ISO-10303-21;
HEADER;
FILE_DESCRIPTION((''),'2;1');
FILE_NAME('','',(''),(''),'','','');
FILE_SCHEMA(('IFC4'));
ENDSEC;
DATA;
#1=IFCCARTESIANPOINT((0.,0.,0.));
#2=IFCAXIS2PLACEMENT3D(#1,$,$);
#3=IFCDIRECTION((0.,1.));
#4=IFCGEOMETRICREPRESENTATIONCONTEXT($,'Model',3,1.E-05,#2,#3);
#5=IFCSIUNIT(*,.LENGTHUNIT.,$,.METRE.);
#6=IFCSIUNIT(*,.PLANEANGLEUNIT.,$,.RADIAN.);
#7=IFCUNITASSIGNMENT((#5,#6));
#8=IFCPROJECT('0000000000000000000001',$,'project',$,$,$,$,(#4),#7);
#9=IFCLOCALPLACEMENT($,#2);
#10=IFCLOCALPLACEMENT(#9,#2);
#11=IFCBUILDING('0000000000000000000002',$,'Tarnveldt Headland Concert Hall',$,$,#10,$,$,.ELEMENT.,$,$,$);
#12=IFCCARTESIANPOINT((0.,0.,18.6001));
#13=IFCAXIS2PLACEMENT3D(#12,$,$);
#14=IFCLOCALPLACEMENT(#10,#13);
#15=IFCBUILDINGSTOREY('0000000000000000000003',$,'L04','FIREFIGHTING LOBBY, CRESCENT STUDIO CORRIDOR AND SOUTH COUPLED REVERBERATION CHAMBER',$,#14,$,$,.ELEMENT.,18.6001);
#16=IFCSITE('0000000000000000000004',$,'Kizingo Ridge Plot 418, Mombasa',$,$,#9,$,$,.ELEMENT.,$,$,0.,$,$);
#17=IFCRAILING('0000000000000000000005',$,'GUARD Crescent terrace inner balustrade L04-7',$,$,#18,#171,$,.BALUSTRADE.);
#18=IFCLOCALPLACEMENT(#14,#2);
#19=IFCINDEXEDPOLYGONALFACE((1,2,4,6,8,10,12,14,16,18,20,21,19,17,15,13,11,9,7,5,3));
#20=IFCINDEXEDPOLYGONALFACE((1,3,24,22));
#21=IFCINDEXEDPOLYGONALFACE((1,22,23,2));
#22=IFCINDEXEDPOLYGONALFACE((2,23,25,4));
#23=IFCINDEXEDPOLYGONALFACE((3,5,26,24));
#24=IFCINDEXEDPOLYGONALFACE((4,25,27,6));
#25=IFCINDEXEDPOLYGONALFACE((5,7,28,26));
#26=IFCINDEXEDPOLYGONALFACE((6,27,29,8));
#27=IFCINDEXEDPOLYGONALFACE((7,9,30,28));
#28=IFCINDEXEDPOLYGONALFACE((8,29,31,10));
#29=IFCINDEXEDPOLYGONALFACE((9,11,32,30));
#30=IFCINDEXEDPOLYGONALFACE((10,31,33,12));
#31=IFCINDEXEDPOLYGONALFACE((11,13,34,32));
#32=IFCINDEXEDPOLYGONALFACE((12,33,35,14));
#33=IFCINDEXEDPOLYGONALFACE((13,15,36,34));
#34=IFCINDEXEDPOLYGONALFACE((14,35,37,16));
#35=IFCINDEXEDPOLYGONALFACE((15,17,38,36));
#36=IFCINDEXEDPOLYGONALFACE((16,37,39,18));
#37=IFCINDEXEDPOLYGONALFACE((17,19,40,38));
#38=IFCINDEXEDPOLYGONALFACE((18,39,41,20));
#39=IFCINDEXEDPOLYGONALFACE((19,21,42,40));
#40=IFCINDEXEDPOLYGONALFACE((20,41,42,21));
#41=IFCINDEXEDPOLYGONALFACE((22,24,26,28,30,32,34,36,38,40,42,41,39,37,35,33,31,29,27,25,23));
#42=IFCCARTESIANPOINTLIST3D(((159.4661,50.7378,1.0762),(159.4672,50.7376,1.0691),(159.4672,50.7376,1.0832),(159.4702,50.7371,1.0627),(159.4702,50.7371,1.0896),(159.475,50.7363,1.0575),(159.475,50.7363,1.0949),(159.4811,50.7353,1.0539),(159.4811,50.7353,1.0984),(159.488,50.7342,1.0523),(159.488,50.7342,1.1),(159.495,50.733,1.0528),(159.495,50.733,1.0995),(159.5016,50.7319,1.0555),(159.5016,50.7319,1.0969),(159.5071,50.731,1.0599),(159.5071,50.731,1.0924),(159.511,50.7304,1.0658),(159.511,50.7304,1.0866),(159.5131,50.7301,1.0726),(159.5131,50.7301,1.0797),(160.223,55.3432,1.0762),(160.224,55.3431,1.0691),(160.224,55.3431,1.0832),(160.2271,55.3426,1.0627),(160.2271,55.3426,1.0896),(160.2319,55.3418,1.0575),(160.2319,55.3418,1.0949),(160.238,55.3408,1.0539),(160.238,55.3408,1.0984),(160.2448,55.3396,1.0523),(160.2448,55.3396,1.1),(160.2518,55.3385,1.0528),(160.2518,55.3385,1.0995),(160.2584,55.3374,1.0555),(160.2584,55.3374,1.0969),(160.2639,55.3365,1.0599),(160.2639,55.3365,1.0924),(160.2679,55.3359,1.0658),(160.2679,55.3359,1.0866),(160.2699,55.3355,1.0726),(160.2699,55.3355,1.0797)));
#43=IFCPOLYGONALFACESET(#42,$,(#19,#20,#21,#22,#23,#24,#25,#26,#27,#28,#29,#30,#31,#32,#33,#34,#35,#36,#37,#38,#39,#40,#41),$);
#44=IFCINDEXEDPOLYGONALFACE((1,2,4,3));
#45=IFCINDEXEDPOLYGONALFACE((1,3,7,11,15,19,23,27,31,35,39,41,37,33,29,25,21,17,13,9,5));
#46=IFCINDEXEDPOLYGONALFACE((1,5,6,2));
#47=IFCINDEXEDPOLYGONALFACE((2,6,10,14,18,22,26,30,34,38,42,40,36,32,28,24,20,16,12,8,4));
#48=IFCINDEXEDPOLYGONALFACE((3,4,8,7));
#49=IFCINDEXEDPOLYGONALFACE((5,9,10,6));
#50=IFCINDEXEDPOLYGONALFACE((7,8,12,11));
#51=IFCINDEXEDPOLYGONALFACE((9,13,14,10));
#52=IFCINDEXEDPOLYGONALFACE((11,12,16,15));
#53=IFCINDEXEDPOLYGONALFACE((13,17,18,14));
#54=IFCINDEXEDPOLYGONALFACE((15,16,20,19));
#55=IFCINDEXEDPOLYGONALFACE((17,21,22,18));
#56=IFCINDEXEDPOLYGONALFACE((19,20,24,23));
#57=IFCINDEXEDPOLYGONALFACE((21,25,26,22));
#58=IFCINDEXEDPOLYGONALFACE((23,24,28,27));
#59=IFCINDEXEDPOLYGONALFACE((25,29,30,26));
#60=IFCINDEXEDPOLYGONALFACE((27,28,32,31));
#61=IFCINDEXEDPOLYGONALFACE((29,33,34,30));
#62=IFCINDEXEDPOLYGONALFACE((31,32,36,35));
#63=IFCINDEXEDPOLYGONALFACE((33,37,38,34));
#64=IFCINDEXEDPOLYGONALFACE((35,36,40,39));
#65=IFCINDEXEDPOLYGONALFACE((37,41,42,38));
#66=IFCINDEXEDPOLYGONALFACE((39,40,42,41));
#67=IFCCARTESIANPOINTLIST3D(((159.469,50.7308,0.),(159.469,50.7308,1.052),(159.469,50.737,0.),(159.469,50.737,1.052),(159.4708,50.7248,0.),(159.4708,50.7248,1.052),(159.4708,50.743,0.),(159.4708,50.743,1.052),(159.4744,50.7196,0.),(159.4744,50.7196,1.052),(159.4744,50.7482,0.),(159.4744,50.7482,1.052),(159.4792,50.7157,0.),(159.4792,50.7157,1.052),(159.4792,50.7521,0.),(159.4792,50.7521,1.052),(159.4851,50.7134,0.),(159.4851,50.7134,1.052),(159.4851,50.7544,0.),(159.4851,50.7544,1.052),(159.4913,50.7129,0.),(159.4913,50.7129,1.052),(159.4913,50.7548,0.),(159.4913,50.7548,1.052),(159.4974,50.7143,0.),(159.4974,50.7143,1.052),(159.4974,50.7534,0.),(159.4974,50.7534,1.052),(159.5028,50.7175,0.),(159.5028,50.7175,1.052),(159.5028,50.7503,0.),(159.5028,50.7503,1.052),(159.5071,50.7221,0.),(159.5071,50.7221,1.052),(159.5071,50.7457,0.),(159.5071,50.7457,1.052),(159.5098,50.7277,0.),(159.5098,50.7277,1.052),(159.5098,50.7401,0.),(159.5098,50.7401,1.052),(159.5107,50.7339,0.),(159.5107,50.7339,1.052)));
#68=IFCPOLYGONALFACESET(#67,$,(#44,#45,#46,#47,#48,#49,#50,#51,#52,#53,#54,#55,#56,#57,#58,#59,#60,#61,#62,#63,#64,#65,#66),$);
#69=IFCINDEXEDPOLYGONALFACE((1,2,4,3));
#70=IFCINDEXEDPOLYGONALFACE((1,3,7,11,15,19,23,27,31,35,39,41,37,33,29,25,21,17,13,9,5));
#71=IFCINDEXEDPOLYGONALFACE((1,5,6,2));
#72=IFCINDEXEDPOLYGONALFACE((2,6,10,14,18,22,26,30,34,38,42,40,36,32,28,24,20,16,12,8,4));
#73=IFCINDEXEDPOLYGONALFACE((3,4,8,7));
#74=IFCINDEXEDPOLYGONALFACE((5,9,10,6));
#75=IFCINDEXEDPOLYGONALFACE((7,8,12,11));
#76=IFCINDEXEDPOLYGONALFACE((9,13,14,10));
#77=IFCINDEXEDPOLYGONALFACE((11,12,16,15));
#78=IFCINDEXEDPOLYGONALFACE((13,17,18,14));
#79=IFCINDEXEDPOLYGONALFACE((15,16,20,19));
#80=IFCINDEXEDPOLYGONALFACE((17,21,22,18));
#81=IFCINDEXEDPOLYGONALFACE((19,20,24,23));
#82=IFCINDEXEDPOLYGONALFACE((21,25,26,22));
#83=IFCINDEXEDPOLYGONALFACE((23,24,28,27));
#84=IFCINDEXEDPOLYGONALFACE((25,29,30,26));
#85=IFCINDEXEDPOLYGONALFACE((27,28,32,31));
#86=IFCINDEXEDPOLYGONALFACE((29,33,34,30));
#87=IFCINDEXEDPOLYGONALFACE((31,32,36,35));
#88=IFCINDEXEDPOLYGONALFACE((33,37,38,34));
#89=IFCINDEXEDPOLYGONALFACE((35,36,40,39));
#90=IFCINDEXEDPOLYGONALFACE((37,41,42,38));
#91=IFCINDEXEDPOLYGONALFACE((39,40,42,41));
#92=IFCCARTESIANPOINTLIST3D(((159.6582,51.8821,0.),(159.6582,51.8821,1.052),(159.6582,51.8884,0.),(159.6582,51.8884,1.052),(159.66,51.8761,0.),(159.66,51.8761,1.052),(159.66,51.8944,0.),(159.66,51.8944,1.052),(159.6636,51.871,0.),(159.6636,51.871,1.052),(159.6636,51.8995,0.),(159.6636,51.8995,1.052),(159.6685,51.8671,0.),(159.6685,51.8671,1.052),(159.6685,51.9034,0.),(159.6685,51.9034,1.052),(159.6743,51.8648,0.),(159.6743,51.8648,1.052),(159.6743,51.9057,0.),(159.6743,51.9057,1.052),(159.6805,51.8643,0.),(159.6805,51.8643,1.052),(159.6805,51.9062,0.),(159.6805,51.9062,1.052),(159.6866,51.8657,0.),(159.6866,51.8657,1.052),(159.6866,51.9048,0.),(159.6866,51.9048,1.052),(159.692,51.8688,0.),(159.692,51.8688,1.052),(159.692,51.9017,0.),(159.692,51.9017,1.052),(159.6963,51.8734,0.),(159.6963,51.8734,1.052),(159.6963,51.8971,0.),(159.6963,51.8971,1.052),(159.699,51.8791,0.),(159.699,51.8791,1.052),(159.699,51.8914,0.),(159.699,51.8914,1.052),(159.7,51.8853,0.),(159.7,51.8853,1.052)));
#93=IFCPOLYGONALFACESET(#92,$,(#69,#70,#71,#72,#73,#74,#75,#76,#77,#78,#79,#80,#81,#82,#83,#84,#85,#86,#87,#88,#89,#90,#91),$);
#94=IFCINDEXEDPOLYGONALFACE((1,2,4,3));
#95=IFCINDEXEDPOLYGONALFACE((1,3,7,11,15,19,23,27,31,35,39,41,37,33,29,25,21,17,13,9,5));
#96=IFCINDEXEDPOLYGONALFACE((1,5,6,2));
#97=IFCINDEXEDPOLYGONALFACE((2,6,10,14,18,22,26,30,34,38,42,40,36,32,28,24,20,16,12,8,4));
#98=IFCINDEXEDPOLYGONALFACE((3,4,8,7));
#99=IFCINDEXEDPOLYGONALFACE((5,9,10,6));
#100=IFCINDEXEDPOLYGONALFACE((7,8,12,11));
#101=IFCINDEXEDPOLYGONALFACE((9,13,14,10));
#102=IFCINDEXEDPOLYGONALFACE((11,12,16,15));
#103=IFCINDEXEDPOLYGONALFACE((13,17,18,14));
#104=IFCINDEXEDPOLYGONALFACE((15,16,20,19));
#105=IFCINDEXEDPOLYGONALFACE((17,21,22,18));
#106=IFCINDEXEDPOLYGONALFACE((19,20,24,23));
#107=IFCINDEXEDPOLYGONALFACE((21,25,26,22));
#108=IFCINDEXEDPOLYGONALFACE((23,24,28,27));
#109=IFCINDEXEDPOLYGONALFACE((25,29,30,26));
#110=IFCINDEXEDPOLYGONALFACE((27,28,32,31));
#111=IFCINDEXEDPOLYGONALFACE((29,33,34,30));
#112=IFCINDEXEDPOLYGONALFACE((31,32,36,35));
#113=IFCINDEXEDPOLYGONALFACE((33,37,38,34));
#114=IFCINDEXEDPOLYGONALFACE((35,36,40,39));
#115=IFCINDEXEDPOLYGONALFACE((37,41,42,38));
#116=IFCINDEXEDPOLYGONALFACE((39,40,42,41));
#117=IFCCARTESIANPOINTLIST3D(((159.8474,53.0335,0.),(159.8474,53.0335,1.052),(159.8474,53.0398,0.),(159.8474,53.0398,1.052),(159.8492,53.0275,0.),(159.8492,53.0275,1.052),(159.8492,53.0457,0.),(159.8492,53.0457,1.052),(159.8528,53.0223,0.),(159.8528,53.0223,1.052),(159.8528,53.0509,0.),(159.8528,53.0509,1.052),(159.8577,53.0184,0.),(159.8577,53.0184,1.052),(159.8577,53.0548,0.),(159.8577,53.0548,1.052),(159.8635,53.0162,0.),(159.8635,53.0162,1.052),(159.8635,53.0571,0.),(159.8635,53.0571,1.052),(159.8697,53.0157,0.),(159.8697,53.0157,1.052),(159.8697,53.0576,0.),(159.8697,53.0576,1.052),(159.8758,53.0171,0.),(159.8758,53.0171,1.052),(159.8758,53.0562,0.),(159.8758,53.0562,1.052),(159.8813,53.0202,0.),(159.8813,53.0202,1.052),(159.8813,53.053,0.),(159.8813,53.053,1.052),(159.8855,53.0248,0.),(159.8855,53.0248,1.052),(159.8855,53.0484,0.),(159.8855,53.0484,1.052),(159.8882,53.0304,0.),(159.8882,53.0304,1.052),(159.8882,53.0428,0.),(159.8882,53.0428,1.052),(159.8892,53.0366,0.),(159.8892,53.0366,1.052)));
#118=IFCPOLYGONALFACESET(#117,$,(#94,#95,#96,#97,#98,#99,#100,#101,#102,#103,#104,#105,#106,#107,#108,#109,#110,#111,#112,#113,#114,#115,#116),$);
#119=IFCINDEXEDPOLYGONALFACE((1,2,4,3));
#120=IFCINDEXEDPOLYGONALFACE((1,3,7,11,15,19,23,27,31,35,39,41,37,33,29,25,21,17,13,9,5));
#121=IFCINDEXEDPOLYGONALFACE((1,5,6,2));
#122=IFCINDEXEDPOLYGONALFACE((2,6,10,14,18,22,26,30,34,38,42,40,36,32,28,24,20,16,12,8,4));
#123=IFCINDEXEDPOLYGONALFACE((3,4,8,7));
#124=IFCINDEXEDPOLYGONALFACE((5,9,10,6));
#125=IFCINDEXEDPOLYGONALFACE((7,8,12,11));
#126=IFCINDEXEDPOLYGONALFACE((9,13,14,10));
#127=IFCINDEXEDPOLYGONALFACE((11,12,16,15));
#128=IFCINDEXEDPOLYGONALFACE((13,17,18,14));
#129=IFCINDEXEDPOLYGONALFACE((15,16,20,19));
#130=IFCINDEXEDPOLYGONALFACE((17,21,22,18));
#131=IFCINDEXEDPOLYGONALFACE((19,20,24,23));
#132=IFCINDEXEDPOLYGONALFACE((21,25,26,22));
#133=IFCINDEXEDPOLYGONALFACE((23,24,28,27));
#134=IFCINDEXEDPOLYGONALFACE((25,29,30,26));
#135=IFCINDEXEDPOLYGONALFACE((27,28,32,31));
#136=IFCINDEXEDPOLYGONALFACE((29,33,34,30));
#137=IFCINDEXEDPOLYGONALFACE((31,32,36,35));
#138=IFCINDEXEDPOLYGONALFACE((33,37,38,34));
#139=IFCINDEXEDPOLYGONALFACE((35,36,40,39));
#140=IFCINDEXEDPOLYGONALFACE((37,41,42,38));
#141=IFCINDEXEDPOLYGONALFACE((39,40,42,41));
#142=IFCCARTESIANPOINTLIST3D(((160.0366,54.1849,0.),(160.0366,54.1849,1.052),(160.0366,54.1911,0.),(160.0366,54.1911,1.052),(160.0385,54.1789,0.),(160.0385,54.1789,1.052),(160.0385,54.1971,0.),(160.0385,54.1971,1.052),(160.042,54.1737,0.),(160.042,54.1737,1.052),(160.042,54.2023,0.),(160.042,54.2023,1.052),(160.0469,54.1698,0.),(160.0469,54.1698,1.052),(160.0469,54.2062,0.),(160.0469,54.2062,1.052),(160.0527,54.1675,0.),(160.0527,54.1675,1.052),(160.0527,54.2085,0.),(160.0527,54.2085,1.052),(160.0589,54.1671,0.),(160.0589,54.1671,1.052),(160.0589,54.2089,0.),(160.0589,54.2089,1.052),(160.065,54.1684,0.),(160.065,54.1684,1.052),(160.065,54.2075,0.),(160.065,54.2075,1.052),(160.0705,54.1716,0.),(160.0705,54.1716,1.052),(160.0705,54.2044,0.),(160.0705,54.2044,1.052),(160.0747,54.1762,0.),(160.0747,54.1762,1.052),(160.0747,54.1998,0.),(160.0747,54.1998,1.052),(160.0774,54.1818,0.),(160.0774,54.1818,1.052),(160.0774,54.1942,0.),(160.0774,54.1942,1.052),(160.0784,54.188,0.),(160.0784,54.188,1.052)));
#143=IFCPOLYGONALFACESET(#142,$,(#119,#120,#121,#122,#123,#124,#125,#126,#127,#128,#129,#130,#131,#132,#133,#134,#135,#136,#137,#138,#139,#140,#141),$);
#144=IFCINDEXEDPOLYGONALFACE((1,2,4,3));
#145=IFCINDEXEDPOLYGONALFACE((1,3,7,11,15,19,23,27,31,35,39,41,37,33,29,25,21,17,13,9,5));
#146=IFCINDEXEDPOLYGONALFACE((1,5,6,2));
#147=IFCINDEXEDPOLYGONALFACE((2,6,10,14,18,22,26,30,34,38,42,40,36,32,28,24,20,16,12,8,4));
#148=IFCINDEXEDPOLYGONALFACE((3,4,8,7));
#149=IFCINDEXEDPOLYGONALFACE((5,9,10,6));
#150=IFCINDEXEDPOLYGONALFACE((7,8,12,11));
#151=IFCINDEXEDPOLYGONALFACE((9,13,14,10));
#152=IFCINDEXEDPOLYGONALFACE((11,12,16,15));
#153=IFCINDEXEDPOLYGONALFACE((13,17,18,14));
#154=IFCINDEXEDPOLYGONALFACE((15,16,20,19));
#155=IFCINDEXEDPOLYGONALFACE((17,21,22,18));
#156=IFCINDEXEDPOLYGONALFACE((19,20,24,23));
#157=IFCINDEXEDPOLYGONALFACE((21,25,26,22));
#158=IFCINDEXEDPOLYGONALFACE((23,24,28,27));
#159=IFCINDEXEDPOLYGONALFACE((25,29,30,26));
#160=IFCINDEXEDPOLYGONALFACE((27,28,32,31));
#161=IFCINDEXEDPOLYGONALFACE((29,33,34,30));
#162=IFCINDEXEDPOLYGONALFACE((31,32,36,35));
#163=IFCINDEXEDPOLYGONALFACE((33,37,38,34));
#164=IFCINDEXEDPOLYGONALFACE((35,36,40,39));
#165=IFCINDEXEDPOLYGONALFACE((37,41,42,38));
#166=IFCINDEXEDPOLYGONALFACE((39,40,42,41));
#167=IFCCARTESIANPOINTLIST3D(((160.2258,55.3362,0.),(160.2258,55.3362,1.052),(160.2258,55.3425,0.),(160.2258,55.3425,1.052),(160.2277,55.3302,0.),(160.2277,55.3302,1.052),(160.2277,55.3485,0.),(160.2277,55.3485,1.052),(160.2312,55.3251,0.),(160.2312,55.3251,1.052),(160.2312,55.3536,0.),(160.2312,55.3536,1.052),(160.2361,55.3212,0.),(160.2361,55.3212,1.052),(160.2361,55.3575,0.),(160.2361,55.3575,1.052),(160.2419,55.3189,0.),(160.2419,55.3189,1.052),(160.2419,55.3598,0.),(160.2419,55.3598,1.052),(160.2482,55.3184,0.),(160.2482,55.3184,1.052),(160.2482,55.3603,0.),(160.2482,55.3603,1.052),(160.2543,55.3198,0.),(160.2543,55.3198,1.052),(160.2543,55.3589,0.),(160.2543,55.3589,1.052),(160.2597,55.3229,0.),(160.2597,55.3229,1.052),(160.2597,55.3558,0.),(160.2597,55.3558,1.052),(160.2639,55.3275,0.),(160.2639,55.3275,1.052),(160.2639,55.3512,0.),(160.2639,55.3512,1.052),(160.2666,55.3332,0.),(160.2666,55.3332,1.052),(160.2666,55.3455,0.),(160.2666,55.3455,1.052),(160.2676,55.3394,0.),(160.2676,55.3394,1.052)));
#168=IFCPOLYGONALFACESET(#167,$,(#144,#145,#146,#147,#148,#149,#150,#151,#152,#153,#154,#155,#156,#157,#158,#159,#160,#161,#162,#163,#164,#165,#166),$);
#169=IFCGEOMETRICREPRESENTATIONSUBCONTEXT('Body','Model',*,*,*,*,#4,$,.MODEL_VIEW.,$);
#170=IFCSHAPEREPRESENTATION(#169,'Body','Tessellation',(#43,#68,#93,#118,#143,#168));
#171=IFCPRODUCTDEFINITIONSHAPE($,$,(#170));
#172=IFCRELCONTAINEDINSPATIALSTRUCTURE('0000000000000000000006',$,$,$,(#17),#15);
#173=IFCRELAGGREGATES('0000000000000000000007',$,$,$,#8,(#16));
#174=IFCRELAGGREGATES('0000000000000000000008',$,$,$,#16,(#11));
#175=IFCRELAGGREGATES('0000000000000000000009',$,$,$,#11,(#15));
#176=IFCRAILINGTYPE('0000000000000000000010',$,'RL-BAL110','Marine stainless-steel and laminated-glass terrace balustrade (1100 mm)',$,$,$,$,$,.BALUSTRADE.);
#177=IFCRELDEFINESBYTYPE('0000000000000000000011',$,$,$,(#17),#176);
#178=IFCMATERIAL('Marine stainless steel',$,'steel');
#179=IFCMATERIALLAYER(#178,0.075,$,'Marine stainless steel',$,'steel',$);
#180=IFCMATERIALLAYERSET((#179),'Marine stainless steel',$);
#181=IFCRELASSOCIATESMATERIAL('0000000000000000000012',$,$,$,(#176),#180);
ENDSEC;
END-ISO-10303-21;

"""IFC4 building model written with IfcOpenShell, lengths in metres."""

from ifc_helpers import new_model, si_unit, direction, frame, origin, origin_2d, place, context, subcontext, project, spatial, circle, extrude, material, layer, layer_set, type_object, element, save


model = new_model("IFC4")

# Units and contexts
model_context = context("Model", 3, precision=1e-05, world=origin(), true_north=direction((0.0, 1.0)))
body_context = subcontext(model_context, "Body", "Model", "MODEL_VIEW")
ifc_project = project(units=[si_unit("LENGTHUNIT", "METRE"), si_unit("PLANEANGLEUNIT", "RADIAN")], contexts=[model_context])

# Site, building, storey
site_placement = place(None, origin())
site = spatial("IfcSite", under=ifc_project, at=site_placement, Name="Kizingo Ridge Plot 418, Mombasa", CompositionType="ELEMENT", RefElevation=0.0)
building_placement = place(site_placement, origin())
building = spatial("IfcBuilding", under=site, at=building_placement, Name="Tarnveldt Headland Concert Hall", CompositionType="ELEMENT")
storey_placement = place(building_placement, frame((0.0, 0.0, 18.6001)))
storey = spatial("IfcBuildingStorey", under=building, at=storey_placement, Name="L04", Description="FIREFIGHTING LOBBY, CRESCENT STUDIO CORRIDOR AND SOUTH COUPLED REVERBERATION CHAMBER", CompositionType="ELEMENT", Elevation=18.6001)

# Railing
ifc_material_1 = material(Name="Marine stainless steel", Category="steel")
ifc_layer_1 = layer(ifc_material_1, 0.075, Name="Marine stainless steel", Category="steel")
ifc_layer_set_1 = layer_set([ifc_layer_1], Name="Marine stainless steel")
railing_type = type_object("IfcRailingType", Name="RL-BAL110", Description="Marine stainless-steel and laminated-glass terrace balustrade (1100 mm)", PredefinedType="BALUSTRADE", material=ifc_layer_set_1)
railing_1_placement = place(storey_placement, frame((159.4897, 50.7339, 0.0)))
element("IfcRailing", 1, at=railing_1_placement, inside=storey, type_object=railing_type, Name="GUARD Crescent terrace inner balustrade L04-7", PredefinedType="BALUSTRADE", context=body_context, shape_type="SweptSolid", body=[
    extrude(circle(Radius=0.0239, at=origin_2d()), frame((0.0, 0.0, 1.0762), z_axis=(0.162159, 0.986765, 0.0), x_axis=(-0.986765, 0.162159, 0.0)), (0.0, 0.0, 1.0), 4.6672),
    extrude(circle(Radius=0.021, at=origin_2d()), origin(), (0.0, 0.0, 1.0), 1.052),
    extrude(circle(Radius=0.021, at=origin_2d()), frame((0.1892, 1.1514, 0.0)), (0.0, 0.0, 1.0), 1.052),
    extrude(circle(Radius=0.021, at=origin_2d()), frame((0.3784, 2.3027, 0.0)), (0.0, 0.0, 1.0), 1.052),
    extrude(circle(Radius=0.021, at=origin_2d()), frame((0.5676, 3.4541, 0.0)), (0.0, 0.0, 1.0), 1.052),
    extrude(circle(Radius=0.021, at=origin_2d()), frame((0.7568, 4.6055, 0.0)), (0.0, 0.0, 1.0), 1.052),
])

save(model, "model.ifc")
